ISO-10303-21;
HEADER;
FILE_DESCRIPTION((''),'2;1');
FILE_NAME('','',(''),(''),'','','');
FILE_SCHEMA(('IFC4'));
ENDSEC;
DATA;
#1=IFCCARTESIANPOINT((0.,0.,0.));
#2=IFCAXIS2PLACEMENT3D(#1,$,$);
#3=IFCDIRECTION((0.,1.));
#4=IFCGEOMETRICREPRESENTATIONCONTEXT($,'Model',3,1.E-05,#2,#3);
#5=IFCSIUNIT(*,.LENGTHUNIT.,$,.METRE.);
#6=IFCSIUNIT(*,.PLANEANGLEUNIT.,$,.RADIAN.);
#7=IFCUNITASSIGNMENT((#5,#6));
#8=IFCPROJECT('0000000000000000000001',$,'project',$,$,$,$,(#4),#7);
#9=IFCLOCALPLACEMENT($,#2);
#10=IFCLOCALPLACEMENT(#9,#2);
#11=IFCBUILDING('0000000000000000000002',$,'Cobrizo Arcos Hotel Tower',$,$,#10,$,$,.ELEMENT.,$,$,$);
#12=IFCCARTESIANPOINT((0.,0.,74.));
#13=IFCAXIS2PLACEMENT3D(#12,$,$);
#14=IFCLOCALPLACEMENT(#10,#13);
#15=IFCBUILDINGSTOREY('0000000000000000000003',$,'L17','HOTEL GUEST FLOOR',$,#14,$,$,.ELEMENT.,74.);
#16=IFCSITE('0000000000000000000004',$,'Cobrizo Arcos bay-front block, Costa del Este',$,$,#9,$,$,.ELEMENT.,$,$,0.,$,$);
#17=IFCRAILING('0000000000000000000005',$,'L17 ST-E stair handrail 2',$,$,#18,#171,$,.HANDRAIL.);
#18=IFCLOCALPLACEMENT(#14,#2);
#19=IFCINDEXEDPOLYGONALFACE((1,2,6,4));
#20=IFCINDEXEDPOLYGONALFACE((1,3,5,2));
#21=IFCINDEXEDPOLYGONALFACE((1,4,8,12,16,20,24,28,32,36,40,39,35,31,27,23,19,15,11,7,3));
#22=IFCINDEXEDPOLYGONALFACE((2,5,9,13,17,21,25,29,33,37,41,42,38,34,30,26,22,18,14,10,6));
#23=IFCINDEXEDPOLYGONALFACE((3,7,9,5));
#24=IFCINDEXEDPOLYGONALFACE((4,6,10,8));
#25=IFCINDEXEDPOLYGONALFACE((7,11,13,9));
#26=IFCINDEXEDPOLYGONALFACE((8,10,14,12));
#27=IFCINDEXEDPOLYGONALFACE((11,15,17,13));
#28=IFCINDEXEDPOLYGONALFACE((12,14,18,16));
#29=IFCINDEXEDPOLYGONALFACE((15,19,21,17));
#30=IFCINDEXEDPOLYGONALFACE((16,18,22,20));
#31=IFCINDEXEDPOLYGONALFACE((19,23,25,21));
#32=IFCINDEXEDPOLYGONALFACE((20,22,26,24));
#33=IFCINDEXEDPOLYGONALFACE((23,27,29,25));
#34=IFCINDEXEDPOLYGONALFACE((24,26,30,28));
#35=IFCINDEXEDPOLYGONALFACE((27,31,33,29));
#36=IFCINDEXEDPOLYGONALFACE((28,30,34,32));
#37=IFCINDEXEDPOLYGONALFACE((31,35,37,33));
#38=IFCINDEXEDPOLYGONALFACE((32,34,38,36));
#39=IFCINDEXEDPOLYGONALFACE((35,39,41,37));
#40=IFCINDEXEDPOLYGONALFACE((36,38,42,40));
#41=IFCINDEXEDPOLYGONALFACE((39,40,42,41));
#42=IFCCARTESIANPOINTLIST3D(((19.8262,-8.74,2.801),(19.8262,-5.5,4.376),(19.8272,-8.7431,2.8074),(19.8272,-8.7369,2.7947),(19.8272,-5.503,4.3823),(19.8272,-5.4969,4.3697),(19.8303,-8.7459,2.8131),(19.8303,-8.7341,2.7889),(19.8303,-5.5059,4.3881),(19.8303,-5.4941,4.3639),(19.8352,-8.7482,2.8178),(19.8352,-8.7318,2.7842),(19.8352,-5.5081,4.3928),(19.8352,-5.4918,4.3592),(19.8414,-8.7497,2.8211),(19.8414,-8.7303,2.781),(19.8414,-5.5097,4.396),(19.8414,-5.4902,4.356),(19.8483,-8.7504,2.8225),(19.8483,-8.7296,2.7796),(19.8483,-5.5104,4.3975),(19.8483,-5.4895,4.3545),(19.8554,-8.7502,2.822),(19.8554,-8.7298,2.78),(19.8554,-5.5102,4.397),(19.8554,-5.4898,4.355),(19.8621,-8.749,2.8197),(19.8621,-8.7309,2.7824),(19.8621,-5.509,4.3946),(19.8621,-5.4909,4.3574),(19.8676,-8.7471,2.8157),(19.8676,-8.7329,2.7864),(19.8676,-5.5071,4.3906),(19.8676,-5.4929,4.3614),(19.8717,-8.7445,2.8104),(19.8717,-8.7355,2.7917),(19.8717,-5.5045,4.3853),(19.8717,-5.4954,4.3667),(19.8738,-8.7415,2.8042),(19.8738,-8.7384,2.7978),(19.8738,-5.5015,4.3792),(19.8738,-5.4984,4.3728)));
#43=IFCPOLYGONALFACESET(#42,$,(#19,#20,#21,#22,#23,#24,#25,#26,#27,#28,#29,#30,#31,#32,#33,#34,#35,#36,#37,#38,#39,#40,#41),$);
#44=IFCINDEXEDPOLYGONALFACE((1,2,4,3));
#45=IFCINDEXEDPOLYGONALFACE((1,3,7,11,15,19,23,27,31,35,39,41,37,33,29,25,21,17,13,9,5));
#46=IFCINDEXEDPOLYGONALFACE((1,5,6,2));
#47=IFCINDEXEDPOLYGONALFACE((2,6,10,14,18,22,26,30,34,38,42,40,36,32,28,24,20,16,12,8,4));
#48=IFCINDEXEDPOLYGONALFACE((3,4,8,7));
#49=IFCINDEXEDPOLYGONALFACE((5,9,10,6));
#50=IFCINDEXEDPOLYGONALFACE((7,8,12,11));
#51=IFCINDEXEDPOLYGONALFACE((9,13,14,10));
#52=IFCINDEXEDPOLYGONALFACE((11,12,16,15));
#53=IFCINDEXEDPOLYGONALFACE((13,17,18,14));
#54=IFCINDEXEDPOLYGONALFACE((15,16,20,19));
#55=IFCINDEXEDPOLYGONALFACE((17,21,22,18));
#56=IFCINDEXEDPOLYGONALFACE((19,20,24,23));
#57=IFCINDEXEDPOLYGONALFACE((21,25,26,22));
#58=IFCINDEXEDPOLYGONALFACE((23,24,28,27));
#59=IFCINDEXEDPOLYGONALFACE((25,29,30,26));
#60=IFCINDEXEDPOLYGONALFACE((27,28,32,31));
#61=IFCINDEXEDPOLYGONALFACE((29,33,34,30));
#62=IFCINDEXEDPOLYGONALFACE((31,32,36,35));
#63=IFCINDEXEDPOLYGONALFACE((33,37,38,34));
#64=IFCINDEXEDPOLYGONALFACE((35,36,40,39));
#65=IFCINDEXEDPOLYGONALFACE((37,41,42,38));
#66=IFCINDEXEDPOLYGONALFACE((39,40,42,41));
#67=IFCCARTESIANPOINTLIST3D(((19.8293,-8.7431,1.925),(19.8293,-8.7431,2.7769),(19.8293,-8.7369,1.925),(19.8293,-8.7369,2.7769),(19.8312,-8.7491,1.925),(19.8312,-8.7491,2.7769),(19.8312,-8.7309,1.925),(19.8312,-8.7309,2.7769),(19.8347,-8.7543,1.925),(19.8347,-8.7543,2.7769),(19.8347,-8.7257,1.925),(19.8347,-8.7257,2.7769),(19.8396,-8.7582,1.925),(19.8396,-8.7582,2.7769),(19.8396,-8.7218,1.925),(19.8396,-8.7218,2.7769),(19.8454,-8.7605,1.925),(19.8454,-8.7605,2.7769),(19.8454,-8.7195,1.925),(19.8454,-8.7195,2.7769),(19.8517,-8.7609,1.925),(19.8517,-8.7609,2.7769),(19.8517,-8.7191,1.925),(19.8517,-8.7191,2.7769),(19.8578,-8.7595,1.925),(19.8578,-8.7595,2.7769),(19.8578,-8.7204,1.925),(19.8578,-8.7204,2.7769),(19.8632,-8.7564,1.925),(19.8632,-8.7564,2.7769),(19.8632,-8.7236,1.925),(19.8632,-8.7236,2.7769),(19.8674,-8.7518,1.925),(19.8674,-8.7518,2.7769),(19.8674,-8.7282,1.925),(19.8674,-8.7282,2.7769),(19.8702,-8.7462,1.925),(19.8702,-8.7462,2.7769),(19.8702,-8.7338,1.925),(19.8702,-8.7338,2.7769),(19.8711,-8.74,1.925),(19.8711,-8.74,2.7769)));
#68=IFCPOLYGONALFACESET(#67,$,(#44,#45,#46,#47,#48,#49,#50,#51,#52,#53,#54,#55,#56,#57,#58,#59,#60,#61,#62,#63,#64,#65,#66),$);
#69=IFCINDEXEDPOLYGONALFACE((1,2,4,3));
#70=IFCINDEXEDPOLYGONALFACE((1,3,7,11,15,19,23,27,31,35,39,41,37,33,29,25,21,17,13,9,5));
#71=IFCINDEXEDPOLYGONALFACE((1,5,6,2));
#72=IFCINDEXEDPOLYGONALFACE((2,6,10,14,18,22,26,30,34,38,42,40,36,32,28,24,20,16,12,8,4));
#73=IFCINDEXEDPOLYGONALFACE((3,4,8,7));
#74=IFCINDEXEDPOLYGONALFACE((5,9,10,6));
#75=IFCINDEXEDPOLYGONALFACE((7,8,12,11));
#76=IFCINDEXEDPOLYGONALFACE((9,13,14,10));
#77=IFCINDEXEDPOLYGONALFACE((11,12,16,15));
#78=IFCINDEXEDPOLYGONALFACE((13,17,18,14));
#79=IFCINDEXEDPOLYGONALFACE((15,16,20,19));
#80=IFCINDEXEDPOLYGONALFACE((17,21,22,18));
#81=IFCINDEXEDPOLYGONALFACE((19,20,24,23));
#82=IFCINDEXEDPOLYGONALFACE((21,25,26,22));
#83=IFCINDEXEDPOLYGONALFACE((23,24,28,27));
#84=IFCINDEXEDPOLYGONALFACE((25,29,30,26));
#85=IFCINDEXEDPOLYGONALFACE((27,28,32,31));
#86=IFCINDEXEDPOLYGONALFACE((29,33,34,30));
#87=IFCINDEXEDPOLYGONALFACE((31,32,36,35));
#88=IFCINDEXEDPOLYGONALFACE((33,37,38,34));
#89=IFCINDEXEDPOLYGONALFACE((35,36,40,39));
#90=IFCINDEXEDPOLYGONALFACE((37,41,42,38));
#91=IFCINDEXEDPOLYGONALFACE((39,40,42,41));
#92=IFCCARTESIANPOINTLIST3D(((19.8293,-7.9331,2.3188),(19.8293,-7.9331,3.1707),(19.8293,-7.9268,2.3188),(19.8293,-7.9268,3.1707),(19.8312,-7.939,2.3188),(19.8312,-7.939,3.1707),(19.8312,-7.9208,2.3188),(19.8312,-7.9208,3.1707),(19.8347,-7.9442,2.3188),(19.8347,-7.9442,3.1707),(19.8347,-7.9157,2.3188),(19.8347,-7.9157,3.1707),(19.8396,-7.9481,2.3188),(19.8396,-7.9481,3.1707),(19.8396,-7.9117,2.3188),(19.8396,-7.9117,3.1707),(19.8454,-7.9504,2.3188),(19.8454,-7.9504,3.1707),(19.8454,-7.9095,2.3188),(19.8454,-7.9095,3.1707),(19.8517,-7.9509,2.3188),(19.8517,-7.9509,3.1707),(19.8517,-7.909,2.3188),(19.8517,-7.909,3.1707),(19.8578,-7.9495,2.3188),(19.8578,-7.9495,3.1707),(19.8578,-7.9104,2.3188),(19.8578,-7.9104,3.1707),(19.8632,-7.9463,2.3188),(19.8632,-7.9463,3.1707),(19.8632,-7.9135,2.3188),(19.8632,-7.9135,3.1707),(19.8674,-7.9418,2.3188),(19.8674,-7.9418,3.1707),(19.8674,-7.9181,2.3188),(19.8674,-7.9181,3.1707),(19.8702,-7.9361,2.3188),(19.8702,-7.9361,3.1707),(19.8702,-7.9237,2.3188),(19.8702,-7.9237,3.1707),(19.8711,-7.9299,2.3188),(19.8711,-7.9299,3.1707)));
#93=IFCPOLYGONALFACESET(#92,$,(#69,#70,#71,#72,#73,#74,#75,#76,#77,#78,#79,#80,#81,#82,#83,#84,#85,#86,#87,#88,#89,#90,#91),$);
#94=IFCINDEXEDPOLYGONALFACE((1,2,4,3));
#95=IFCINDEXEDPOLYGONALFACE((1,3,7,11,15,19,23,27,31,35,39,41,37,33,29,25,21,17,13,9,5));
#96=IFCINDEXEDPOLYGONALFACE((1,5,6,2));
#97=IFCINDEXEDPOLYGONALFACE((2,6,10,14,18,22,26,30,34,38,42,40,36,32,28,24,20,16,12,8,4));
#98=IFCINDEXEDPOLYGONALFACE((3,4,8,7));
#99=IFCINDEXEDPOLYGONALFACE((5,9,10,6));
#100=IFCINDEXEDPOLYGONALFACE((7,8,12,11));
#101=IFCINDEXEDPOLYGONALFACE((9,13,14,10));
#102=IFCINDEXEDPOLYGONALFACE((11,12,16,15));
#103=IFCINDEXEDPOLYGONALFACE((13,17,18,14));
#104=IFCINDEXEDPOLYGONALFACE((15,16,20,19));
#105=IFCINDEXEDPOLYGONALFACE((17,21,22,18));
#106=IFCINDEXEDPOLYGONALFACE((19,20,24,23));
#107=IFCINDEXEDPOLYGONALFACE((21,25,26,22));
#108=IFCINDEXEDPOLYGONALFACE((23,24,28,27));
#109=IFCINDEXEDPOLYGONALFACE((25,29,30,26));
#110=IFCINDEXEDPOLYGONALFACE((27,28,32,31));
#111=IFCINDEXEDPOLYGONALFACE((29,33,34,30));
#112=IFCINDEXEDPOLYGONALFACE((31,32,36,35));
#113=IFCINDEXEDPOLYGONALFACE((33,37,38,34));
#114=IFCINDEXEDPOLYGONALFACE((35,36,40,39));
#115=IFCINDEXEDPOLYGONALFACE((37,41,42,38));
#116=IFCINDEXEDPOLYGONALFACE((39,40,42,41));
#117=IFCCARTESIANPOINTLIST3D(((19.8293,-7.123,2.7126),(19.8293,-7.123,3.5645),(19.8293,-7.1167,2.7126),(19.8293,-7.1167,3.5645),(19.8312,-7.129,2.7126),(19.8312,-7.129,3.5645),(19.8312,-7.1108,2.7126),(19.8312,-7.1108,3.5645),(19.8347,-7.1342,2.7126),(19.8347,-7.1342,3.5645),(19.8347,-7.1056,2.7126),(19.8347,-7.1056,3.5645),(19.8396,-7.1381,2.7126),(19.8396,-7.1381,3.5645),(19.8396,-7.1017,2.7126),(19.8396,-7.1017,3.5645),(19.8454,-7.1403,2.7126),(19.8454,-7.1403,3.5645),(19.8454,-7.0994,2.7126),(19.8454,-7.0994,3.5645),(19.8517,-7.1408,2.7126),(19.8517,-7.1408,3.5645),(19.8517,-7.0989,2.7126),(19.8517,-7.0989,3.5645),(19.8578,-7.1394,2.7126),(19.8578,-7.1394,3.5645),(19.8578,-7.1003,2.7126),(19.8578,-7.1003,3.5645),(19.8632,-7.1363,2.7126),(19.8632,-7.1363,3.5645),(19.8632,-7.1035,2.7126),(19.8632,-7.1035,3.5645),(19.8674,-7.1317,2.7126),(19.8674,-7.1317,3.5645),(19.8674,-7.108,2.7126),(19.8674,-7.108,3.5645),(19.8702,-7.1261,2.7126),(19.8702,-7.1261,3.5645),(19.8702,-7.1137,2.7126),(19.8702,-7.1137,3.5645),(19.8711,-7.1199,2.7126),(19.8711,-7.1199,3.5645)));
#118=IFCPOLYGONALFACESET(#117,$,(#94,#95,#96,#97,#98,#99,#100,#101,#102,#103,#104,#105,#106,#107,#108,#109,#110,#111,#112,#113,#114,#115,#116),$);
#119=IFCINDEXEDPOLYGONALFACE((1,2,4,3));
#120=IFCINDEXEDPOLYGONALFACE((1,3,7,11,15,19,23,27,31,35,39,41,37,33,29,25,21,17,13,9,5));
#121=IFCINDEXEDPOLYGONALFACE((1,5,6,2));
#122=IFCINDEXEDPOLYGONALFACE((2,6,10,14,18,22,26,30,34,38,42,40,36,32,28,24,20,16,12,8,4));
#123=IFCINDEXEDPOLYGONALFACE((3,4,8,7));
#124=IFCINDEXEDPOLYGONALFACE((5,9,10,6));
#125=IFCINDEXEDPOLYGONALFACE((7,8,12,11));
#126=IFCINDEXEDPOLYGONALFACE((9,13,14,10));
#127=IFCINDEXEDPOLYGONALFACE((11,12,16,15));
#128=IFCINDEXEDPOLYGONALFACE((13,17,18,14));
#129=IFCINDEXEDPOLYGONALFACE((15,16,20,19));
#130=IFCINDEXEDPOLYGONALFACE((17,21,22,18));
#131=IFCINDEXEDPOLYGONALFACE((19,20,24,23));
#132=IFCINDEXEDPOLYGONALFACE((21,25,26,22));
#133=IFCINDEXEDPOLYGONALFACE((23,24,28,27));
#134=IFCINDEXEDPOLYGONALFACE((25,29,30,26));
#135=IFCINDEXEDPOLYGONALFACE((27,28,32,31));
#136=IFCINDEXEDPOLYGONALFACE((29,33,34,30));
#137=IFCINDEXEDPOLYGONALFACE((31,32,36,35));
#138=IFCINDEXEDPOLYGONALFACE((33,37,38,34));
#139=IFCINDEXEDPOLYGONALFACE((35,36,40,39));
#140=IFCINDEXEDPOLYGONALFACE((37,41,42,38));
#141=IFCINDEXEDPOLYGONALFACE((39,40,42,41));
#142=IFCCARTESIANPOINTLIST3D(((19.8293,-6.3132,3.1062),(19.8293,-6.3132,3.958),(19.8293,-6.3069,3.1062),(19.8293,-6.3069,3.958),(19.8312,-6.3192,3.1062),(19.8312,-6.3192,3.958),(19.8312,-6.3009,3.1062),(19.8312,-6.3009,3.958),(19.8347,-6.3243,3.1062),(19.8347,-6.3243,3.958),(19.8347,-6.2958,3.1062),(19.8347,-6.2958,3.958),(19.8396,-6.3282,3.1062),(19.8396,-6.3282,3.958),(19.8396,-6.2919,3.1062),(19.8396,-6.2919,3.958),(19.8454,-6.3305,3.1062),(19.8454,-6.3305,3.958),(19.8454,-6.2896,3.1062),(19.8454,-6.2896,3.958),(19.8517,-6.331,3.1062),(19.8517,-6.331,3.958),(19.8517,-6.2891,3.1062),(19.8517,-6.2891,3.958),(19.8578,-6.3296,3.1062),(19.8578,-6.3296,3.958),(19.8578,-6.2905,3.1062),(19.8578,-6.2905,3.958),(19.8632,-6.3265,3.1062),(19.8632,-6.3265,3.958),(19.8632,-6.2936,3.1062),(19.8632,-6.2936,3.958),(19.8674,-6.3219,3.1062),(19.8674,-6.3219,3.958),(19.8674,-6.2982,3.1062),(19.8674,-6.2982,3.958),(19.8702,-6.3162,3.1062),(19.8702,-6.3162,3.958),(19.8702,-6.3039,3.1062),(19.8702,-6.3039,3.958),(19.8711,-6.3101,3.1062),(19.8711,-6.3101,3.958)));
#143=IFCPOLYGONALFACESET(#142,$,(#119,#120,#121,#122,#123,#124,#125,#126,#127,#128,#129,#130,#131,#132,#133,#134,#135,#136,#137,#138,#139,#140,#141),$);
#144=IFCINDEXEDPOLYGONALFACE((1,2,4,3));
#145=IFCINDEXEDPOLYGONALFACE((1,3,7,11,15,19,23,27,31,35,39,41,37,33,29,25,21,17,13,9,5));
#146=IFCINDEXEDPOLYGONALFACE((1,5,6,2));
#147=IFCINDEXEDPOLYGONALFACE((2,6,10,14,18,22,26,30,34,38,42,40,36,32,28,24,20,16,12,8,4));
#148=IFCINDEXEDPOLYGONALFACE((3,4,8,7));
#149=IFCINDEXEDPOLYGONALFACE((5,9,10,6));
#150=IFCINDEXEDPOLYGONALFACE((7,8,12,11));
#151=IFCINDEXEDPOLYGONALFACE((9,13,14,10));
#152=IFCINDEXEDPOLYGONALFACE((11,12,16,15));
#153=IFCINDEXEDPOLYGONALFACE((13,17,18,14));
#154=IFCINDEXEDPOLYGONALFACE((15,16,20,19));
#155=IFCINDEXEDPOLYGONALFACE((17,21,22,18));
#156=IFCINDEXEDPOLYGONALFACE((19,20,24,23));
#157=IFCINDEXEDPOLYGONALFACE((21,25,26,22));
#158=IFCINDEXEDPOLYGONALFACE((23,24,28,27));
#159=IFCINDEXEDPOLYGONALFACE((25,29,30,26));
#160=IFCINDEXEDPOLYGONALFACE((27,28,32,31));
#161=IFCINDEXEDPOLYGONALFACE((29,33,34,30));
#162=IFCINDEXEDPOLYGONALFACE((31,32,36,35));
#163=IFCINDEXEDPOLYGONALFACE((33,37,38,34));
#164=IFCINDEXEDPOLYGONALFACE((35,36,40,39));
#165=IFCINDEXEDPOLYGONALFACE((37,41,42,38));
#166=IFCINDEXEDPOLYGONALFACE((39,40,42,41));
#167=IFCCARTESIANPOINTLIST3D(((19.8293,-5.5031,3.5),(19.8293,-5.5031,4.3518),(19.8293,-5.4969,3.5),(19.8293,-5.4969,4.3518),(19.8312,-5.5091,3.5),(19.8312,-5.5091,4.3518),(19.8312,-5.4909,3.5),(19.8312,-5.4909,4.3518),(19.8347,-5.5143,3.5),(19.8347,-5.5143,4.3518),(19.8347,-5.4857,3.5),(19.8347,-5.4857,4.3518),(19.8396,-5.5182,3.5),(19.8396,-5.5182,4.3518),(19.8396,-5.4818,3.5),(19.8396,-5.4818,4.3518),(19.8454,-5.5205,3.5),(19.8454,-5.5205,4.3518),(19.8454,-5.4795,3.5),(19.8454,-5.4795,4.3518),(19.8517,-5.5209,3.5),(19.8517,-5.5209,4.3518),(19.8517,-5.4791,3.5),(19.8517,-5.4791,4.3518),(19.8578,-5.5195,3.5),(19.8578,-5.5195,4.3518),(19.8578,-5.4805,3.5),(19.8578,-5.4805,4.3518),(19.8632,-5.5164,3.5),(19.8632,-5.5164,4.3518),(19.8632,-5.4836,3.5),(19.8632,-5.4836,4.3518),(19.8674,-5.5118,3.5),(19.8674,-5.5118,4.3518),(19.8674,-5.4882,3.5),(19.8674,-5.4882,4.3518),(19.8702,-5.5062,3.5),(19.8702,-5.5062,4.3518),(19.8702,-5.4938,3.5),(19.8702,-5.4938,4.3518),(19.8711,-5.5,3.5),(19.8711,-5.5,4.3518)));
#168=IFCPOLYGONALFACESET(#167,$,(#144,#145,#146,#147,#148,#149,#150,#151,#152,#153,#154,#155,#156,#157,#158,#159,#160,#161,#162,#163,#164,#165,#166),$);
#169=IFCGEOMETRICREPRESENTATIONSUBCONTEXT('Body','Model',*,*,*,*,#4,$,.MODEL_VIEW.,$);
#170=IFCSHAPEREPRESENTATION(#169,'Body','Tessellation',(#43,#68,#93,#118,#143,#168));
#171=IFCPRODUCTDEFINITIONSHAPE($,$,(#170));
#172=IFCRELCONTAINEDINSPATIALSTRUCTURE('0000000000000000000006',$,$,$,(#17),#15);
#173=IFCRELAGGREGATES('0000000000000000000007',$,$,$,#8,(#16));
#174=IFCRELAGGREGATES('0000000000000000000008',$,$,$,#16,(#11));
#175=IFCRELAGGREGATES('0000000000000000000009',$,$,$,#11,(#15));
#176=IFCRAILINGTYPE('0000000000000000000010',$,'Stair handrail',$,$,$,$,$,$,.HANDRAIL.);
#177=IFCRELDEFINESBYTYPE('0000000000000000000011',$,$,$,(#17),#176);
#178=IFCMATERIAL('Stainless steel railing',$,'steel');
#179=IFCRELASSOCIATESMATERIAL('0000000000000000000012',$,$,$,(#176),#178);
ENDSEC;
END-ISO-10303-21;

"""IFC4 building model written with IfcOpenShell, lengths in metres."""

from ifc_helpers import new_model, si_unit, direction, frame, origin, origin_2d, place, context, subcontext, project, spatial, circle, extrude, material, type_object, element, save


model = new_model("IFC4")

# Units and contexts
model_context = context("Model", 3, precision=1e-05, world=origin(), true_north=direction((0.0, 1.0)))
body_context = subcontext(model_context, "Body", "Model", "MODEL_VIEW")
ifc_project = project(units=[si_unit("LENGTHUNIT", "METRE"), si_unit("PLANEANGLEUNIT", "RADIAN")], contexts=[model_context])

# Site, building, storey
site_placement = place(None, origin())
site = spatial("IfcSite", under=ifc_project, at=site_placement, Name="Cobrizo Arcos bay-front block, Costa del Este", CompositionType="ELEMENT", RefElevation=0.0)
building_placement = place(site_placement, origin())
building = spatial("IfcBuilding", under=site, at=building_placement, Name="Cobrizo Arcos Hotel Tower", CompositionType="ELEMENT")
storey_placement = place(building_placement, frame((0.0, 0.0, 74.0)))
storey = spatial("IfcBuildingStorey", under=building, at=storey_placement, Name="L17", Description="HOTEL GUEST FLOOR", CompositionType="ELEMENT", Elevation=74.0)

# Railing
ifc_material_1 = material(Name="Stainless steel railing", Category="steel")
railing_type_1 = type_object("IfcRailingType", Name="Stair handrail", PredefinedType="HANDRAIL", material=ifc_material_1)
railing_1_placement = place(storey_placement, frame((19.8501, -8.74, 1.925)))
element("IfcRailing", 1, at=railing_1_placement, inside=storey, type_object=railing_type_1, Name="L17 ST-E stair handrail 2", PredefinedType="HANDRAIL", context=body_context, shape_type="SweptSolid", body=[
    extrude(circle(Radius=0.0239, at=origin_2d()), frame((0.0, 0.0, 0.876), z_axis=(0.0, 0.899373, 0.437183), x_axis=(-1.0, 0.0, 0.0)), (0.0, 0.0, 1.0), 3.6025),
    extrude(circle(Radius=0.021, at=origin_2d()), origin(), (0.0, 0.0, 1.0), 0.8518),
    extrude(circle(Radius=0.021, at=origin_2d()), frame((0.0, 0.8101, 0.3938)), (0.0, 0.0, 1.0), 0.8518),
    extrude(circle(Radius=0.021, at=origin_2d()), frame((0.0, 1.6201, 0.7876)), (0.0, 0.0, 1.0), 0.8518),
    extrude(circle(Radius=0.021, at=origin_2d()), frame((0.0, 2.4299, 1.1812)), (0.0, 0.0, 1.0), 0.8518),
    extrude(circle(Radius=0.021, at=origin_2d()), frame((0.0, 3.24, 1.575)), (0.0, 0.0, 1.0), 0.8518),
])

save(model, "model.ifc")
